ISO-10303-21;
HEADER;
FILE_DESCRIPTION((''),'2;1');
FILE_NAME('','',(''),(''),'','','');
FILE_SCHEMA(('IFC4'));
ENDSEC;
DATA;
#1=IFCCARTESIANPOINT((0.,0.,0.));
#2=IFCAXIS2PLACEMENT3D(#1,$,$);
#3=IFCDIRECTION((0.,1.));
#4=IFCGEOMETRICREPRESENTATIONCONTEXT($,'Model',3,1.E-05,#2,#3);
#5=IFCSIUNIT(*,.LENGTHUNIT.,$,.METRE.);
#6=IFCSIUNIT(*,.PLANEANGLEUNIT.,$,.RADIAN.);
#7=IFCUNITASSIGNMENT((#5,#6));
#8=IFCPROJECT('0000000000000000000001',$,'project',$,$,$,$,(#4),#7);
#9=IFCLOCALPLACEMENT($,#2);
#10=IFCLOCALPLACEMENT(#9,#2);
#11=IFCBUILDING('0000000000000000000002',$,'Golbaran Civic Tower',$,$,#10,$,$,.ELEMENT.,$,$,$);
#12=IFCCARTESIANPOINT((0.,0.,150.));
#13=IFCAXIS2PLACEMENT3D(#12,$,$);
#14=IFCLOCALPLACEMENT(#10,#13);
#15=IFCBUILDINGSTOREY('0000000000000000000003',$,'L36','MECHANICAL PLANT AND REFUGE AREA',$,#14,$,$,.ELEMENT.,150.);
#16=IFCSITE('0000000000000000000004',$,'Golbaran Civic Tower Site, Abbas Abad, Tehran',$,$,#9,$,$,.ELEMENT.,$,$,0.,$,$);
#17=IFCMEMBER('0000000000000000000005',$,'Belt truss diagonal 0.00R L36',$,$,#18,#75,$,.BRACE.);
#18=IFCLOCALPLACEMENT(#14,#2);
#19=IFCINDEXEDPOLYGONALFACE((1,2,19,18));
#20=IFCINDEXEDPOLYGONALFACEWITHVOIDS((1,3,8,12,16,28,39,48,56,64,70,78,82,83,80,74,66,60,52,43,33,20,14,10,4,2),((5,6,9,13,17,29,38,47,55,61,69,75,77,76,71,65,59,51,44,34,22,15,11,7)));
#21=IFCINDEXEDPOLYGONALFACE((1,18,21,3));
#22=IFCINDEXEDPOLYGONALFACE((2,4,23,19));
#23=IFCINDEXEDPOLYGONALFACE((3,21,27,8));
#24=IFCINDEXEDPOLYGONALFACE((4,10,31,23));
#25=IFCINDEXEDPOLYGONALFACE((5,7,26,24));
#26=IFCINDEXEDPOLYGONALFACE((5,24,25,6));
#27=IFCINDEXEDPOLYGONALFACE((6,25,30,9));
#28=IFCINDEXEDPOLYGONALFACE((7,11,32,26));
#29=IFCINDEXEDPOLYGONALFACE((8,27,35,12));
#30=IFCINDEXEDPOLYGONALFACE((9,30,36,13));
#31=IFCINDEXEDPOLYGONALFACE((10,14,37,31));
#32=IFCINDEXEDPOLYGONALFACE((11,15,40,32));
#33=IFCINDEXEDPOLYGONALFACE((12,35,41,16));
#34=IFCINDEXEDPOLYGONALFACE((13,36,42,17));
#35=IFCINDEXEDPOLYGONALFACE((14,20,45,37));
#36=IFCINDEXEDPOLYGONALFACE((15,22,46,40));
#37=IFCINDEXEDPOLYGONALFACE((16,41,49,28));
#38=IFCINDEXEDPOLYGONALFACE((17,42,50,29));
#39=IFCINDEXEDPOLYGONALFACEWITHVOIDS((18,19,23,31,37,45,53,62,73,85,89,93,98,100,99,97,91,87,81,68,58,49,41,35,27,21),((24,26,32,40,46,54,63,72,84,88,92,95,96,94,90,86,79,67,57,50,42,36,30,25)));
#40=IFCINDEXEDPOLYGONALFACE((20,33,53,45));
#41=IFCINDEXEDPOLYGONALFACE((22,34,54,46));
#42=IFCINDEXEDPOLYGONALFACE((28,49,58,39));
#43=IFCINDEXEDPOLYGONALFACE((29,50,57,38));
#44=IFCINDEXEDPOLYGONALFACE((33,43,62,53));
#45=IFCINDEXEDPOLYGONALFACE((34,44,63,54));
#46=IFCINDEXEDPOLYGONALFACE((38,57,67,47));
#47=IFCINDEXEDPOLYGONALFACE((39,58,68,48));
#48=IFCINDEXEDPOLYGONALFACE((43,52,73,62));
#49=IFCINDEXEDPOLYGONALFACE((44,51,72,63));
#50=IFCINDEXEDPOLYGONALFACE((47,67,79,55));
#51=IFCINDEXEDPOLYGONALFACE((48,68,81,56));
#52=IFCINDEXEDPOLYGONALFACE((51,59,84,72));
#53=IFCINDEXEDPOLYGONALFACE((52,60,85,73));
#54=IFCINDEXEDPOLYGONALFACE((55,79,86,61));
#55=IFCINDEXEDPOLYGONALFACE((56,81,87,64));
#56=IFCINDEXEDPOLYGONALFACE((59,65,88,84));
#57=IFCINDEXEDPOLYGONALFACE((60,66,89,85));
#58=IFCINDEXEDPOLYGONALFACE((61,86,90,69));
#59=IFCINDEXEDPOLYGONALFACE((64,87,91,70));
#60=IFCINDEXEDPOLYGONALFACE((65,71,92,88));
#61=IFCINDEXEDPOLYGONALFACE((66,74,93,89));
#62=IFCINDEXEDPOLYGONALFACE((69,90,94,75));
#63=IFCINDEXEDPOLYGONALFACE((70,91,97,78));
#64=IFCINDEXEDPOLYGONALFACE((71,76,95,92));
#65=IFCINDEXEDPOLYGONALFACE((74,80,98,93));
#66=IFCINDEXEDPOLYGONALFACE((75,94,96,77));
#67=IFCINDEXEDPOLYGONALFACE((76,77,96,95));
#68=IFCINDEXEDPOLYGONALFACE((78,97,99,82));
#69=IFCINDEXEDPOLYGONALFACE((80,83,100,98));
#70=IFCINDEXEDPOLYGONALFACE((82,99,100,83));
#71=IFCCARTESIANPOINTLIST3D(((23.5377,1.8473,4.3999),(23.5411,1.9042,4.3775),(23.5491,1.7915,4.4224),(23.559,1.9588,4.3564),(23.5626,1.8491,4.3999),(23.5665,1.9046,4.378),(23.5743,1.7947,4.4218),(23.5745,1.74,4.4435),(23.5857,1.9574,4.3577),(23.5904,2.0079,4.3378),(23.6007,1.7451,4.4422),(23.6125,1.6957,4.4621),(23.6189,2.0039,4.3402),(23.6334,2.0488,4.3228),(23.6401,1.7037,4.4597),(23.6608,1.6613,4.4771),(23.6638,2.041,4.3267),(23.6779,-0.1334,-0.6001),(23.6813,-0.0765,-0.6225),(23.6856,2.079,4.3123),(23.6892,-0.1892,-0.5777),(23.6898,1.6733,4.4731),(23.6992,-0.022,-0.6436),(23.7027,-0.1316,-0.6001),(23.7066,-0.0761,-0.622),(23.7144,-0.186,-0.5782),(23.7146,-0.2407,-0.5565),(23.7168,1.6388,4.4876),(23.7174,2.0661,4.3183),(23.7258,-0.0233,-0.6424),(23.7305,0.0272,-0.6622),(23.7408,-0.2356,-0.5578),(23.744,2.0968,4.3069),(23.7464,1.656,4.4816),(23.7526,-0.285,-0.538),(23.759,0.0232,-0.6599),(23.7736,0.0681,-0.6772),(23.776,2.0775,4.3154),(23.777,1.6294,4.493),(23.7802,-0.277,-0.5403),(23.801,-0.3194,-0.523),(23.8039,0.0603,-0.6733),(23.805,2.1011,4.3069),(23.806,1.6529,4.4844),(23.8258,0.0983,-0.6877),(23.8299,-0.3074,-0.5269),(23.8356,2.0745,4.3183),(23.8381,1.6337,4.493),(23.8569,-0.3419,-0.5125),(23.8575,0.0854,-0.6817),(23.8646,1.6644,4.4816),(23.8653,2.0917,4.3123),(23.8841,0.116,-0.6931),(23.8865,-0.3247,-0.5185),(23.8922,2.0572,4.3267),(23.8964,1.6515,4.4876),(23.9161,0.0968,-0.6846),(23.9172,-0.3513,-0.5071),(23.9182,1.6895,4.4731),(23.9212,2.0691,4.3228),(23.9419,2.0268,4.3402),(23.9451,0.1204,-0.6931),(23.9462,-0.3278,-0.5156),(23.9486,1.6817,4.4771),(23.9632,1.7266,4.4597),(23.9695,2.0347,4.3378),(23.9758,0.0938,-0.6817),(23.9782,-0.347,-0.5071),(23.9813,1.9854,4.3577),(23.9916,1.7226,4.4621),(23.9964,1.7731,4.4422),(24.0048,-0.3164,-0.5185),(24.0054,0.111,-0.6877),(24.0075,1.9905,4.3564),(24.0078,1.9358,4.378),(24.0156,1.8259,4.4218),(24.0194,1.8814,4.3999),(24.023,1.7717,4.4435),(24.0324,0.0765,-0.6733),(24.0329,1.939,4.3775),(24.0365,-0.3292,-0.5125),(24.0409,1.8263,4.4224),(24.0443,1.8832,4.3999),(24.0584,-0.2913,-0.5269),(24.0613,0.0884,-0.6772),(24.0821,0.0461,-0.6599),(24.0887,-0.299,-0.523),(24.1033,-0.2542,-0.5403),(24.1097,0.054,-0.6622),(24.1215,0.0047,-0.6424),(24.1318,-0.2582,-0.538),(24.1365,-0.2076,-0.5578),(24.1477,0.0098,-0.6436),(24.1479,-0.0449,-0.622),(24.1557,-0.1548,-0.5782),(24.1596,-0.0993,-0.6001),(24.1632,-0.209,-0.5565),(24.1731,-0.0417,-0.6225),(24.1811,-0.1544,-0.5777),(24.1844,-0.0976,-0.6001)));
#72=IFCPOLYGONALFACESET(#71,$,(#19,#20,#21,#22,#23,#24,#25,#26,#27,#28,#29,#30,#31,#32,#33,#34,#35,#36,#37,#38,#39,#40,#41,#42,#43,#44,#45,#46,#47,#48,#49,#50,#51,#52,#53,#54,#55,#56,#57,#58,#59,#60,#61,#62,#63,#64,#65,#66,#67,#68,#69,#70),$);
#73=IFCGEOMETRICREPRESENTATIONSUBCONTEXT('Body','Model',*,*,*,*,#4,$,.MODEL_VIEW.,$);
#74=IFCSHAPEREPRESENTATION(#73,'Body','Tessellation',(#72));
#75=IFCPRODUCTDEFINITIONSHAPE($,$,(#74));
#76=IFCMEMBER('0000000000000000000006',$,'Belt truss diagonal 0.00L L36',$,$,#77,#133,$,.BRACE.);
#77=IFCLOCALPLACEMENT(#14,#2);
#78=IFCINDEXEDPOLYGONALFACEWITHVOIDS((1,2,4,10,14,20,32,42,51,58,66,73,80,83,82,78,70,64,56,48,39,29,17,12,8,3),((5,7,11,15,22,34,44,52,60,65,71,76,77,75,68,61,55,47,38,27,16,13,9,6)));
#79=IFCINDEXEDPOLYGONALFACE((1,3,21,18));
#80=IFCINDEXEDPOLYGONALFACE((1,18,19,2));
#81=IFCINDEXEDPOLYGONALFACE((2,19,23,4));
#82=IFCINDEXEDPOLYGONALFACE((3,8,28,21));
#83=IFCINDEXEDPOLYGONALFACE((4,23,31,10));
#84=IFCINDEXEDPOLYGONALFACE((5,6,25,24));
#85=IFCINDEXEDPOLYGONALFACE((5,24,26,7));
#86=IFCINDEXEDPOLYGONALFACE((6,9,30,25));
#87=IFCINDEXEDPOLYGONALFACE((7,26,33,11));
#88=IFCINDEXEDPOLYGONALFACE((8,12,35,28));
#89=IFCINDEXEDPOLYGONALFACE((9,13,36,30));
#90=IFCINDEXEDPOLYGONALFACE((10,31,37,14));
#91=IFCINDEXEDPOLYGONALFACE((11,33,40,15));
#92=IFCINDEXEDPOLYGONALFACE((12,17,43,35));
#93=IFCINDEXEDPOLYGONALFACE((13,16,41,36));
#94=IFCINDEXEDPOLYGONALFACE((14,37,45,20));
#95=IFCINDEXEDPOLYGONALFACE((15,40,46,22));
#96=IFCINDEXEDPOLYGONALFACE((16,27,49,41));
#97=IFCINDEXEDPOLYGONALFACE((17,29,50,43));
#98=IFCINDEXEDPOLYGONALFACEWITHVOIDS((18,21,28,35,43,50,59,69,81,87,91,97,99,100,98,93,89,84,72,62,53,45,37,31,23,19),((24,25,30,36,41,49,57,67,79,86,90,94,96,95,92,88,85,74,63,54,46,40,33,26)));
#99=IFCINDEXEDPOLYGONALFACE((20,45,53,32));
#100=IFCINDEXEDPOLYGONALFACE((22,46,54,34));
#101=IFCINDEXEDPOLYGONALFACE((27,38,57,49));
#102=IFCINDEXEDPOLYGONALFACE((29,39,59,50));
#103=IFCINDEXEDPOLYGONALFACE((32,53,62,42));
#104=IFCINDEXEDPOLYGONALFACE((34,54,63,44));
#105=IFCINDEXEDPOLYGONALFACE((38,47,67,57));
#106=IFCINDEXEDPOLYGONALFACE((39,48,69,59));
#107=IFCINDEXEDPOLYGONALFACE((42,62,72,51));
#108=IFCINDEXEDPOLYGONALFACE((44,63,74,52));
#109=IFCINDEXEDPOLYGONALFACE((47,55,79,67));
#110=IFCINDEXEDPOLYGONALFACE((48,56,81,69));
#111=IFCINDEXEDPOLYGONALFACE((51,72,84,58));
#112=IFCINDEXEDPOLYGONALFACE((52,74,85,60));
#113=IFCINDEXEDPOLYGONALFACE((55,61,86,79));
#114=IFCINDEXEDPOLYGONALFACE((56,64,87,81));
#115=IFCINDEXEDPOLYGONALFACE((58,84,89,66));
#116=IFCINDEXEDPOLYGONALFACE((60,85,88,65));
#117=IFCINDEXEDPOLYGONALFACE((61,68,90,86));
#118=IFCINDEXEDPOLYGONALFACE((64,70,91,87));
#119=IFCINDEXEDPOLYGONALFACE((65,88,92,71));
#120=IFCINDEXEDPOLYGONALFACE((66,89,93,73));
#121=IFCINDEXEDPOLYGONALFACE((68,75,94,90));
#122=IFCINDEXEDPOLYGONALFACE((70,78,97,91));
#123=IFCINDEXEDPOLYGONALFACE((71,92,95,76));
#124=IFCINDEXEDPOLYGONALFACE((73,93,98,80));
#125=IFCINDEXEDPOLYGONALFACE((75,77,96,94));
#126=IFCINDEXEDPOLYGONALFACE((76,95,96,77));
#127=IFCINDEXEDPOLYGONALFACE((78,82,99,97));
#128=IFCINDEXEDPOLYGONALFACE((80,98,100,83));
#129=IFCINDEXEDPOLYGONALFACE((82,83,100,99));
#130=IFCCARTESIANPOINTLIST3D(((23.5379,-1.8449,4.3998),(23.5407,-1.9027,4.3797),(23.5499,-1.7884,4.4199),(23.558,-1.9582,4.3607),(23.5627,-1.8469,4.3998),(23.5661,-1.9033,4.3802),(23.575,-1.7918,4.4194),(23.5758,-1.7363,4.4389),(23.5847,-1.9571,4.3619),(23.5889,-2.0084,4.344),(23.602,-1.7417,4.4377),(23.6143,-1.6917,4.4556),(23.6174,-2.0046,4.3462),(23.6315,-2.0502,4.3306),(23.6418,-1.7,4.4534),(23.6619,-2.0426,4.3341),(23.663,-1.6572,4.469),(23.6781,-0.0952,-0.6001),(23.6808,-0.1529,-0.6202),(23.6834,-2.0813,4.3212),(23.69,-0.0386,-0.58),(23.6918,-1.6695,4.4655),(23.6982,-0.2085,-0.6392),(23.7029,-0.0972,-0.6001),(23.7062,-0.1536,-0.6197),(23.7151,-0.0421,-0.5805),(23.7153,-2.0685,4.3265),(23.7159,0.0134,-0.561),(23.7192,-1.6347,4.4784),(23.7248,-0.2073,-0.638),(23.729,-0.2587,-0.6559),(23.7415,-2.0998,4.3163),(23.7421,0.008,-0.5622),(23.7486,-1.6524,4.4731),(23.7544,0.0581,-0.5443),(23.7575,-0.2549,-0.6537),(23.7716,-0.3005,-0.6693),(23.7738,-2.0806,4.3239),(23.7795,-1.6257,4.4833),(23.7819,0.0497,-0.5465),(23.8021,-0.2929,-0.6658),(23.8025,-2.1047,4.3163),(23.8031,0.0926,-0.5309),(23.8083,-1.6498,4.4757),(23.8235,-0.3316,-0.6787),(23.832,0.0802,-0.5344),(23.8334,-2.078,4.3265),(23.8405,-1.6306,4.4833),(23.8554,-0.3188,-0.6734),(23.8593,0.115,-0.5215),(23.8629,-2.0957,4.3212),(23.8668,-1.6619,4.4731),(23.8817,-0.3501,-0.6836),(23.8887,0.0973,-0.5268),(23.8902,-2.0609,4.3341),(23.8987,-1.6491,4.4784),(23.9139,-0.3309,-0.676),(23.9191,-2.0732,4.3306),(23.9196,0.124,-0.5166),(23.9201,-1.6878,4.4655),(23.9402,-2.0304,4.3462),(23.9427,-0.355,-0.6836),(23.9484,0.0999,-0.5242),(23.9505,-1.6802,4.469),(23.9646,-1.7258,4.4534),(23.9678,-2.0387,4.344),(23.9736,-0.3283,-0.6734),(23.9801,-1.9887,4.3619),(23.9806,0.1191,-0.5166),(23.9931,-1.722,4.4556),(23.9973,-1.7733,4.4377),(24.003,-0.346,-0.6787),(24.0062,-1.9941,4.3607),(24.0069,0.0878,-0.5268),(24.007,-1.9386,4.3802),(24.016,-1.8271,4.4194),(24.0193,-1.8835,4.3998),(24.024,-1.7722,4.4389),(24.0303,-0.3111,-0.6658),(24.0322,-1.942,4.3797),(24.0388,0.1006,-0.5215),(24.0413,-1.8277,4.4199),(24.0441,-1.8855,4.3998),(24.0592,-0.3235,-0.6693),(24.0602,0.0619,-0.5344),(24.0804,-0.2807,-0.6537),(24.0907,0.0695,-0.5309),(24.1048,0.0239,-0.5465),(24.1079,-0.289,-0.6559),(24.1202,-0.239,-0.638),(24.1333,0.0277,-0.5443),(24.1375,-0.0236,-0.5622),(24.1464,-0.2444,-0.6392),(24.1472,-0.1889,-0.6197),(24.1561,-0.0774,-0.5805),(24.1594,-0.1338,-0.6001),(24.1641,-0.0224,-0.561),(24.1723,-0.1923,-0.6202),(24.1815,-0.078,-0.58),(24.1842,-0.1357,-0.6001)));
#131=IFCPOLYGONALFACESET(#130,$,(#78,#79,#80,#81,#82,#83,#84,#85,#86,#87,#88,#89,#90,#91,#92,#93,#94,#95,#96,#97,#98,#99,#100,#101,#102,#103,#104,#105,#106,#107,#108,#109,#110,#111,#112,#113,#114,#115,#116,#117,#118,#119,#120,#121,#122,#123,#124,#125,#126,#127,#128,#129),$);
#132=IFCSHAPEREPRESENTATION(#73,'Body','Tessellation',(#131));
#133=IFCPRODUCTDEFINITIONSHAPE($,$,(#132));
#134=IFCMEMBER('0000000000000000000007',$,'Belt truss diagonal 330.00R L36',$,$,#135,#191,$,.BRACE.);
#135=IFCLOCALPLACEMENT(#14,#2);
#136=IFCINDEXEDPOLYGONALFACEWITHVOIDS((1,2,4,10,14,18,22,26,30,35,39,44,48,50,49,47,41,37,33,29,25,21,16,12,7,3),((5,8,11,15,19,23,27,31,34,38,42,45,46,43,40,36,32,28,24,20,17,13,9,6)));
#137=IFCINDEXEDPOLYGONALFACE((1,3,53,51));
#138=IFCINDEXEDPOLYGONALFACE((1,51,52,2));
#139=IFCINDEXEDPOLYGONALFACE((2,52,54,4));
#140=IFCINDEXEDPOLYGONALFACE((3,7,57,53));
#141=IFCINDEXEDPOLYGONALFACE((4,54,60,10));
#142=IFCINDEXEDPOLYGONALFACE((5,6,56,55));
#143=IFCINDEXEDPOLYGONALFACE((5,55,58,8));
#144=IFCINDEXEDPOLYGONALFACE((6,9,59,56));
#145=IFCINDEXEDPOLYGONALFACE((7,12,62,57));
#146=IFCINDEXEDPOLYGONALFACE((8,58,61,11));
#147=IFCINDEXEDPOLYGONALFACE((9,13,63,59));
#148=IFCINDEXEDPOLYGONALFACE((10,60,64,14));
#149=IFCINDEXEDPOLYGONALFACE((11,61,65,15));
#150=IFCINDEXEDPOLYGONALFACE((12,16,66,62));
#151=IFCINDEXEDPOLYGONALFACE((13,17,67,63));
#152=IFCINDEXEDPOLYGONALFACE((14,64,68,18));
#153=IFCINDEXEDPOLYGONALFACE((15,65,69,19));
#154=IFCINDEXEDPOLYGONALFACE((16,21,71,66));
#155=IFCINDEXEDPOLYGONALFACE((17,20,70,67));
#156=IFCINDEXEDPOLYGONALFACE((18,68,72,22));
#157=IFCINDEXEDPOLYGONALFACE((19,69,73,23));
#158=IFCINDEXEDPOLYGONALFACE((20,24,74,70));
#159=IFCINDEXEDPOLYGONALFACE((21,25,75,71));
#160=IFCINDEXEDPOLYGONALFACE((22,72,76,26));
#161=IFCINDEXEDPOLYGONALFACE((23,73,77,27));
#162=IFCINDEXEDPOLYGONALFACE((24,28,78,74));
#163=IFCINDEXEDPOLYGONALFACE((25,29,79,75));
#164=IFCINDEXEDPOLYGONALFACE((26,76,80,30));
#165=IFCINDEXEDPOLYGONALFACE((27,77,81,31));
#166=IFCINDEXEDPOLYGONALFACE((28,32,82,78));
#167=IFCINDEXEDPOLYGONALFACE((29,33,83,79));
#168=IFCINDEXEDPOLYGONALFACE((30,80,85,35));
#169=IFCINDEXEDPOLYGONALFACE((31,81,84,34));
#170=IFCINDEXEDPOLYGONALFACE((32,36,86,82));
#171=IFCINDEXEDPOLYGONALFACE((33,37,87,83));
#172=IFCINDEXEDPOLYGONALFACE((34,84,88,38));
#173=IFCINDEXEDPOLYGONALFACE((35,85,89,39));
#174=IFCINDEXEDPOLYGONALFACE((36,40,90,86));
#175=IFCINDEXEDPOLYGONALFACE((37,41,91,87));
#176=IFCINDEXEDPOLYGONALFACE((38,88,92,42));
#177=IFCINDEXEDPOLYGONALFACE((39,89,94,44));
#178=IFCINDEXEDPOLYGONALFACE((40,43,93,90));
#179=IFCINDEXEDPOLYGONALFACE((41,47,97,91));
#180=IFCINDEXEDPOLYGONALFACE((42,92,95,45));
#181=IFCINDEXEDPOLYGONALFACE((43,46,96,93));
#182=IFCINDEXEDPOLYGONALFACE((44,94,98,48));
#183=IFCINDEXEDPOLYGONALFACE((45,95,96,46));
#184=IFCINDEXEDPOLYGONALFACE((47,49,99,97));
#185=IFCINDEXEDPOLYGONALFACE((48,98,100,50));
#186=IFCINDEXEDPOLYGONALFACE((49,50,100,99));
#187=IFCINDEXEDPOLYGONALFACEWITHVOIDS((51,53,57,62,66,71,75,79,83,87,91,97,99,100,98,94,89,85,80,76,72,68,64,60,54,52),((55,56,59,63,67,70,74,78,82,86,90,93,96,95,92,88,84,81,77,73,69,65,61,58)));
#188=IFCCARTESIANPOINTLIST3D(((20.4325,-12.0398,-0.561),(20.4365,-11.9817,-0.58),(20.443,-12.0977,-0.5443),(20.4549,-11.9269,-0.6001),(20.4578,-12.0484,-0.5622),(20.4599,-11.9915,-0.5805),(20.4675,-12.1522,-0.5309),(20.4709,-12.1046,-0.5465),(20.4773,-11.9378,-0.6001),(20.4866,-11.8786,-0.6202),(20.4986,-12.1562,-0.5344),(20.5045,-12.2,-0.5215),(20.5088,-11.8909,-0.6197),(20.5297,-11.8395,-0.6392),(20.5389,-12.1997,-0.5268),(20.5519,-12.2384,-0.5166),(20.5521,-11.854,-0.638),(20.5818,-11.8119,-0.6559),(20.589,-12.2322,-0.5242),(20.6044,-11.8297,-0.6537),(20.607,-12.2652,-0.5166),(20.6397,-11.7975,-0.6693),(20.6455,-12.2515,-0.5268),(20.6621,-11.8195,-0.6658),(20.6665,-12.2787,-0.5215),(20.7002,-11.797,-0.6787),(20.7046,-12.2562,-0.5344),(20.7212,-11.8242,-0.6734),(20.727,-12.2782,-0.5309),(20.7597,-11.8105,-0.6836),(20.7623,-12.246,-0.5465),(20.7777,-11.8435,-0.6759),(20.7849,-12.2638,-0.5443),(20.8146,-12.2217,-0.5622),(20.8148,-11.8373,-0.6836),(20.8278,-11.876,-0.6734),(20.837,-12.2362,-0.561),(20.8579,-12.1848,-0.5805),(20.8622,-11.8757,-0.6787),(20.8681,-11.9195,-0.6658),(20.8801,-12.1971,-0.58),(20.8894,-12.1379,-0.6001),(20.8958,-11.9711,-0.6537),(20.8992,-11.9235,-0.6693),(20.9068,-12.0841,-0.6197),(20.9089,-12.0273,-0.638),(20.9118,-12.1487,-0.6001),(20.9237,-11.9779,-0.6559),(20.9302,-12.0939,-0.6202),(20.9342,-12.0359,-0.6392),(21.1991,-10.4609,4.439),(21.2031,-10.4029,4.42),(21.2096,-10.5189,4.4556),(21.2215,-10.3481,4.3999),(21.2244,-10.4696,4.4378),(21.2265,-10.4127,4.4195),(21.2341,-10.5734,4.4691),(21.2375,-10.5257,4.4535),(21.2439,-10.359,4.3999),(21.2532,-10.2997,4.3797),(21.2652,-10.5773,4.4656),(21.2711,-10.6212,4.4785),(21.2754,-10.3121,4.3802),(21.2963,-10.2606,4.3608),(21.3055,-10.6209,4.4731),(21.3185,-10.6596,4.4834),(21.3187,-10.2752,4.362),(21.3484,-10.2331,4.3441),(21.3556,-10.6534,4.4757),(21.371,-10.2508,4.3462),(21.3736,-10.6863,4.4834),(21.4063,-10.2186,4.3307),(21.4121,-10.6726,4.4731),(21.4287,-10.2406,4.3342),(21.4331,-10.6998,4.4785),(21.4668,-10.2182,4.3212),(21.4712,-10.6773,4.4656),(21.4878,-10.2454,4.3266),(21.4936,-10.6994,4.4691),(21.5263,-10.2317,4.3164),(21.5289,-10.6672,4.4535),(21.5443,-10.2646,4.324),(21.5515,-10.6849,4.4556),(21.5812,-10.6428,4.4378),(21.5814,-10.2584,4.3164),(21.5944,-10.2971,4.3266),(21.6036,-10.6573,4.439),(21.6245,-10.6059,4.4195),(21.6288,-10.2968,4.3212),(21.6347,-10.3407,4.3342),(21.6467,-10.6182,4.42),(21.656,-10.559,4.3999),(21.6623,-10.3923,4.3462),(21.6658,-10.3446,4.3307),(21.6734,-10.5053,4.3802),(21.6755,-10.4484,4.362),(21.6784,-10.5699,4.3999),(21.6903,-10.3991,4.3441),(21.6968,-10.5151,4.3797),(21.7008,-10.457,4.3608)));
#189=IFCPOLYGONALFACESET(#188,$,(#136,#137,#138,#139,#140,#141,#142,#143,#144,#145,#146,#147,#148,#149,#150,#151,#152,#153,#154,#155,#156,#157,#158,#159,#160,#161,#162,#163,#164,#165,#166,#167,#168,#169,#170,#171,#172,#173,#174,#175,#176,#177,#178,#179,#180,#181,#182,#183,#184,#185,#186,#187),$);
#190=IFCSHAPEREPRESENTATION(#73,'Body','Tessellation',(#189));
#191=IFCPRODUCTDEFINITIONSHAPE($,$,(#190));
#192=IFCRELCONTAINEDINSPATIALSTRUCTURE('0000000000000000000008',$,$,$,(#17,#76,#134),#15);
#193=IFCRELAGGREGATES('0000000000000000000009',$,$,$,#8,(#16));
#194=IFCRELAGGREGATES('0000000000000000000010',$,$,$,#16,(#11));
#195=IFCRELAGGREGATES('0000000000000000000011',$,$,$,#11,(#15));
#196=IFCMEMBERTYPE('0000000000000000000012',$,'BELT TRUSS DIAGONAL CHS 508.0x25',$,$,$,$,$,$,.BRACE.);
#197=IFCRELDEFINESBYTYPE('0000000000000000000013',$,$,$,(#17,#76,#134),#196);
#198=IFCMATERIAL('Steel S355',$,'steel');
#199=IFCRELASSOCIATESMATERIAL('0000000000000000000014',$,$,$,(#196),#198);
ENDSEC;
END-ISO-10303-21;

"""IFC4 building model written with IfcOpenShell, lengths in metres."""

from ifc_helpers import new_model, si_unit, direction, frame, origin, origin_2d, place, context, subcontext, project, spatial, hollow_circle, extrude, material, material_profile, profile_set, type_object, element, save


model = new_model("IFC4")

# Units and contexts
model_context = context("Model", 3, precision=1e-05, world=origin(), true_north=direction((0.0, 1.0)))
body_context = subcontext(model_context, "Body", "Model", "MODEL_VIEW")
ifc_project = project(units=[si_unit("LENGTHUNIT", "METRE"), si_unit("PLANEANGLEUNIT", "RADIAN")], contexts=[model_context])

# Site, building, storey
site_placement = place(None, origin())
site = spatial("IfcSite", under=ifc_project, at=site_placement, Name="Golbaran Civic Tower Site, Abbas Abad, Tehran", CompositionType="ELEMENT", RefElevation=0.0)
building_placement = place(site_placement, origin())
building = spatial("IfcBuilding", under=site, at=building_placement, Name="Golbaran Civic Tower", CompositionType="ELEMENT")
storey_placement = place(building_placement, frame((0.0, 0.0, 150.0)))
storey = spatial("IfcBuildingStorey", under=building, at=storey_placement, Name="L36", Description="MECHANICAL PLANT AND REFUGE AREA", CompositionType="ELEMENT", Elevation=150.0)

# Members
ifc_material_1 = material(Name="Steel S355", Category="steel")
ifc_material_profile_1 = material_profile(ifc_material_1, hollow_circle(Radius=0.2539, WallThickness=0.0249, at=origin_2d()), Name="CHS 508.0x25")
ifc_profile_set_1 = profile_set([ifc_material_profile_1], Name="Steel S355")
member_type_1 = type_object("IfcMemberType", Name="BELT TRUSS DIAGONAL CHS 508.0x25", PredefinedType="BRACE", material=ifc_profile_set_1)
member_1_placement = place(storey_placement, frame((23.9312, -0.1155, -0.6001), z_axis=(-0.026048, 0.368172, 0.929393), x_axis=(-0.997507, -0.070574, 0.0)))
element("IfcMember", 1, at=member_1_placement, inside=storey, type_object=member_type_1, Name="Belt truss diagonal 0.00R L36", PredefinedType="BRACE", context=body_context, shape_type="SweptSolid", body=[
    extrude(hollow_circle(Radius=0.2539, WallThickness=0.0249, at=origin_2d()), origin(), (0.0, 0.0, 1.0), 5.3799),
])
for number, where, z_axis, x_axis, name in (
    (2, (23.9312, -0.1155, -0.6001), (-0.026445, -0.330194, 0.943543), (0.996808, -0.079834, 0.0), "Belt truss diagonal 0.00L L36"),
    (3, (20.6833, -12.0378, -0.6001), (0.144666, 0.297948, 0.943556), (-0.899569, 0.436779, 0.0), "Belt truss diagonal 330.00R L36"),
):
    element("IfcMember", number, at=place(storey_placement, frame(where, z_axis=z_axis, x_axis=x_axis)), inside=storey, type_object=member_type_1, Name=name, PredefinedType="BRACE", context=body_context, shape_type="SweptSolid", body=[
        extrude(hollow_circle(Radius=0.2539, WallThickness=0.0249, at=origin_2d()), origin(), (0.0, 0.0, 1.0), 5.2991),
    ])

save(model, "model.ifc")
